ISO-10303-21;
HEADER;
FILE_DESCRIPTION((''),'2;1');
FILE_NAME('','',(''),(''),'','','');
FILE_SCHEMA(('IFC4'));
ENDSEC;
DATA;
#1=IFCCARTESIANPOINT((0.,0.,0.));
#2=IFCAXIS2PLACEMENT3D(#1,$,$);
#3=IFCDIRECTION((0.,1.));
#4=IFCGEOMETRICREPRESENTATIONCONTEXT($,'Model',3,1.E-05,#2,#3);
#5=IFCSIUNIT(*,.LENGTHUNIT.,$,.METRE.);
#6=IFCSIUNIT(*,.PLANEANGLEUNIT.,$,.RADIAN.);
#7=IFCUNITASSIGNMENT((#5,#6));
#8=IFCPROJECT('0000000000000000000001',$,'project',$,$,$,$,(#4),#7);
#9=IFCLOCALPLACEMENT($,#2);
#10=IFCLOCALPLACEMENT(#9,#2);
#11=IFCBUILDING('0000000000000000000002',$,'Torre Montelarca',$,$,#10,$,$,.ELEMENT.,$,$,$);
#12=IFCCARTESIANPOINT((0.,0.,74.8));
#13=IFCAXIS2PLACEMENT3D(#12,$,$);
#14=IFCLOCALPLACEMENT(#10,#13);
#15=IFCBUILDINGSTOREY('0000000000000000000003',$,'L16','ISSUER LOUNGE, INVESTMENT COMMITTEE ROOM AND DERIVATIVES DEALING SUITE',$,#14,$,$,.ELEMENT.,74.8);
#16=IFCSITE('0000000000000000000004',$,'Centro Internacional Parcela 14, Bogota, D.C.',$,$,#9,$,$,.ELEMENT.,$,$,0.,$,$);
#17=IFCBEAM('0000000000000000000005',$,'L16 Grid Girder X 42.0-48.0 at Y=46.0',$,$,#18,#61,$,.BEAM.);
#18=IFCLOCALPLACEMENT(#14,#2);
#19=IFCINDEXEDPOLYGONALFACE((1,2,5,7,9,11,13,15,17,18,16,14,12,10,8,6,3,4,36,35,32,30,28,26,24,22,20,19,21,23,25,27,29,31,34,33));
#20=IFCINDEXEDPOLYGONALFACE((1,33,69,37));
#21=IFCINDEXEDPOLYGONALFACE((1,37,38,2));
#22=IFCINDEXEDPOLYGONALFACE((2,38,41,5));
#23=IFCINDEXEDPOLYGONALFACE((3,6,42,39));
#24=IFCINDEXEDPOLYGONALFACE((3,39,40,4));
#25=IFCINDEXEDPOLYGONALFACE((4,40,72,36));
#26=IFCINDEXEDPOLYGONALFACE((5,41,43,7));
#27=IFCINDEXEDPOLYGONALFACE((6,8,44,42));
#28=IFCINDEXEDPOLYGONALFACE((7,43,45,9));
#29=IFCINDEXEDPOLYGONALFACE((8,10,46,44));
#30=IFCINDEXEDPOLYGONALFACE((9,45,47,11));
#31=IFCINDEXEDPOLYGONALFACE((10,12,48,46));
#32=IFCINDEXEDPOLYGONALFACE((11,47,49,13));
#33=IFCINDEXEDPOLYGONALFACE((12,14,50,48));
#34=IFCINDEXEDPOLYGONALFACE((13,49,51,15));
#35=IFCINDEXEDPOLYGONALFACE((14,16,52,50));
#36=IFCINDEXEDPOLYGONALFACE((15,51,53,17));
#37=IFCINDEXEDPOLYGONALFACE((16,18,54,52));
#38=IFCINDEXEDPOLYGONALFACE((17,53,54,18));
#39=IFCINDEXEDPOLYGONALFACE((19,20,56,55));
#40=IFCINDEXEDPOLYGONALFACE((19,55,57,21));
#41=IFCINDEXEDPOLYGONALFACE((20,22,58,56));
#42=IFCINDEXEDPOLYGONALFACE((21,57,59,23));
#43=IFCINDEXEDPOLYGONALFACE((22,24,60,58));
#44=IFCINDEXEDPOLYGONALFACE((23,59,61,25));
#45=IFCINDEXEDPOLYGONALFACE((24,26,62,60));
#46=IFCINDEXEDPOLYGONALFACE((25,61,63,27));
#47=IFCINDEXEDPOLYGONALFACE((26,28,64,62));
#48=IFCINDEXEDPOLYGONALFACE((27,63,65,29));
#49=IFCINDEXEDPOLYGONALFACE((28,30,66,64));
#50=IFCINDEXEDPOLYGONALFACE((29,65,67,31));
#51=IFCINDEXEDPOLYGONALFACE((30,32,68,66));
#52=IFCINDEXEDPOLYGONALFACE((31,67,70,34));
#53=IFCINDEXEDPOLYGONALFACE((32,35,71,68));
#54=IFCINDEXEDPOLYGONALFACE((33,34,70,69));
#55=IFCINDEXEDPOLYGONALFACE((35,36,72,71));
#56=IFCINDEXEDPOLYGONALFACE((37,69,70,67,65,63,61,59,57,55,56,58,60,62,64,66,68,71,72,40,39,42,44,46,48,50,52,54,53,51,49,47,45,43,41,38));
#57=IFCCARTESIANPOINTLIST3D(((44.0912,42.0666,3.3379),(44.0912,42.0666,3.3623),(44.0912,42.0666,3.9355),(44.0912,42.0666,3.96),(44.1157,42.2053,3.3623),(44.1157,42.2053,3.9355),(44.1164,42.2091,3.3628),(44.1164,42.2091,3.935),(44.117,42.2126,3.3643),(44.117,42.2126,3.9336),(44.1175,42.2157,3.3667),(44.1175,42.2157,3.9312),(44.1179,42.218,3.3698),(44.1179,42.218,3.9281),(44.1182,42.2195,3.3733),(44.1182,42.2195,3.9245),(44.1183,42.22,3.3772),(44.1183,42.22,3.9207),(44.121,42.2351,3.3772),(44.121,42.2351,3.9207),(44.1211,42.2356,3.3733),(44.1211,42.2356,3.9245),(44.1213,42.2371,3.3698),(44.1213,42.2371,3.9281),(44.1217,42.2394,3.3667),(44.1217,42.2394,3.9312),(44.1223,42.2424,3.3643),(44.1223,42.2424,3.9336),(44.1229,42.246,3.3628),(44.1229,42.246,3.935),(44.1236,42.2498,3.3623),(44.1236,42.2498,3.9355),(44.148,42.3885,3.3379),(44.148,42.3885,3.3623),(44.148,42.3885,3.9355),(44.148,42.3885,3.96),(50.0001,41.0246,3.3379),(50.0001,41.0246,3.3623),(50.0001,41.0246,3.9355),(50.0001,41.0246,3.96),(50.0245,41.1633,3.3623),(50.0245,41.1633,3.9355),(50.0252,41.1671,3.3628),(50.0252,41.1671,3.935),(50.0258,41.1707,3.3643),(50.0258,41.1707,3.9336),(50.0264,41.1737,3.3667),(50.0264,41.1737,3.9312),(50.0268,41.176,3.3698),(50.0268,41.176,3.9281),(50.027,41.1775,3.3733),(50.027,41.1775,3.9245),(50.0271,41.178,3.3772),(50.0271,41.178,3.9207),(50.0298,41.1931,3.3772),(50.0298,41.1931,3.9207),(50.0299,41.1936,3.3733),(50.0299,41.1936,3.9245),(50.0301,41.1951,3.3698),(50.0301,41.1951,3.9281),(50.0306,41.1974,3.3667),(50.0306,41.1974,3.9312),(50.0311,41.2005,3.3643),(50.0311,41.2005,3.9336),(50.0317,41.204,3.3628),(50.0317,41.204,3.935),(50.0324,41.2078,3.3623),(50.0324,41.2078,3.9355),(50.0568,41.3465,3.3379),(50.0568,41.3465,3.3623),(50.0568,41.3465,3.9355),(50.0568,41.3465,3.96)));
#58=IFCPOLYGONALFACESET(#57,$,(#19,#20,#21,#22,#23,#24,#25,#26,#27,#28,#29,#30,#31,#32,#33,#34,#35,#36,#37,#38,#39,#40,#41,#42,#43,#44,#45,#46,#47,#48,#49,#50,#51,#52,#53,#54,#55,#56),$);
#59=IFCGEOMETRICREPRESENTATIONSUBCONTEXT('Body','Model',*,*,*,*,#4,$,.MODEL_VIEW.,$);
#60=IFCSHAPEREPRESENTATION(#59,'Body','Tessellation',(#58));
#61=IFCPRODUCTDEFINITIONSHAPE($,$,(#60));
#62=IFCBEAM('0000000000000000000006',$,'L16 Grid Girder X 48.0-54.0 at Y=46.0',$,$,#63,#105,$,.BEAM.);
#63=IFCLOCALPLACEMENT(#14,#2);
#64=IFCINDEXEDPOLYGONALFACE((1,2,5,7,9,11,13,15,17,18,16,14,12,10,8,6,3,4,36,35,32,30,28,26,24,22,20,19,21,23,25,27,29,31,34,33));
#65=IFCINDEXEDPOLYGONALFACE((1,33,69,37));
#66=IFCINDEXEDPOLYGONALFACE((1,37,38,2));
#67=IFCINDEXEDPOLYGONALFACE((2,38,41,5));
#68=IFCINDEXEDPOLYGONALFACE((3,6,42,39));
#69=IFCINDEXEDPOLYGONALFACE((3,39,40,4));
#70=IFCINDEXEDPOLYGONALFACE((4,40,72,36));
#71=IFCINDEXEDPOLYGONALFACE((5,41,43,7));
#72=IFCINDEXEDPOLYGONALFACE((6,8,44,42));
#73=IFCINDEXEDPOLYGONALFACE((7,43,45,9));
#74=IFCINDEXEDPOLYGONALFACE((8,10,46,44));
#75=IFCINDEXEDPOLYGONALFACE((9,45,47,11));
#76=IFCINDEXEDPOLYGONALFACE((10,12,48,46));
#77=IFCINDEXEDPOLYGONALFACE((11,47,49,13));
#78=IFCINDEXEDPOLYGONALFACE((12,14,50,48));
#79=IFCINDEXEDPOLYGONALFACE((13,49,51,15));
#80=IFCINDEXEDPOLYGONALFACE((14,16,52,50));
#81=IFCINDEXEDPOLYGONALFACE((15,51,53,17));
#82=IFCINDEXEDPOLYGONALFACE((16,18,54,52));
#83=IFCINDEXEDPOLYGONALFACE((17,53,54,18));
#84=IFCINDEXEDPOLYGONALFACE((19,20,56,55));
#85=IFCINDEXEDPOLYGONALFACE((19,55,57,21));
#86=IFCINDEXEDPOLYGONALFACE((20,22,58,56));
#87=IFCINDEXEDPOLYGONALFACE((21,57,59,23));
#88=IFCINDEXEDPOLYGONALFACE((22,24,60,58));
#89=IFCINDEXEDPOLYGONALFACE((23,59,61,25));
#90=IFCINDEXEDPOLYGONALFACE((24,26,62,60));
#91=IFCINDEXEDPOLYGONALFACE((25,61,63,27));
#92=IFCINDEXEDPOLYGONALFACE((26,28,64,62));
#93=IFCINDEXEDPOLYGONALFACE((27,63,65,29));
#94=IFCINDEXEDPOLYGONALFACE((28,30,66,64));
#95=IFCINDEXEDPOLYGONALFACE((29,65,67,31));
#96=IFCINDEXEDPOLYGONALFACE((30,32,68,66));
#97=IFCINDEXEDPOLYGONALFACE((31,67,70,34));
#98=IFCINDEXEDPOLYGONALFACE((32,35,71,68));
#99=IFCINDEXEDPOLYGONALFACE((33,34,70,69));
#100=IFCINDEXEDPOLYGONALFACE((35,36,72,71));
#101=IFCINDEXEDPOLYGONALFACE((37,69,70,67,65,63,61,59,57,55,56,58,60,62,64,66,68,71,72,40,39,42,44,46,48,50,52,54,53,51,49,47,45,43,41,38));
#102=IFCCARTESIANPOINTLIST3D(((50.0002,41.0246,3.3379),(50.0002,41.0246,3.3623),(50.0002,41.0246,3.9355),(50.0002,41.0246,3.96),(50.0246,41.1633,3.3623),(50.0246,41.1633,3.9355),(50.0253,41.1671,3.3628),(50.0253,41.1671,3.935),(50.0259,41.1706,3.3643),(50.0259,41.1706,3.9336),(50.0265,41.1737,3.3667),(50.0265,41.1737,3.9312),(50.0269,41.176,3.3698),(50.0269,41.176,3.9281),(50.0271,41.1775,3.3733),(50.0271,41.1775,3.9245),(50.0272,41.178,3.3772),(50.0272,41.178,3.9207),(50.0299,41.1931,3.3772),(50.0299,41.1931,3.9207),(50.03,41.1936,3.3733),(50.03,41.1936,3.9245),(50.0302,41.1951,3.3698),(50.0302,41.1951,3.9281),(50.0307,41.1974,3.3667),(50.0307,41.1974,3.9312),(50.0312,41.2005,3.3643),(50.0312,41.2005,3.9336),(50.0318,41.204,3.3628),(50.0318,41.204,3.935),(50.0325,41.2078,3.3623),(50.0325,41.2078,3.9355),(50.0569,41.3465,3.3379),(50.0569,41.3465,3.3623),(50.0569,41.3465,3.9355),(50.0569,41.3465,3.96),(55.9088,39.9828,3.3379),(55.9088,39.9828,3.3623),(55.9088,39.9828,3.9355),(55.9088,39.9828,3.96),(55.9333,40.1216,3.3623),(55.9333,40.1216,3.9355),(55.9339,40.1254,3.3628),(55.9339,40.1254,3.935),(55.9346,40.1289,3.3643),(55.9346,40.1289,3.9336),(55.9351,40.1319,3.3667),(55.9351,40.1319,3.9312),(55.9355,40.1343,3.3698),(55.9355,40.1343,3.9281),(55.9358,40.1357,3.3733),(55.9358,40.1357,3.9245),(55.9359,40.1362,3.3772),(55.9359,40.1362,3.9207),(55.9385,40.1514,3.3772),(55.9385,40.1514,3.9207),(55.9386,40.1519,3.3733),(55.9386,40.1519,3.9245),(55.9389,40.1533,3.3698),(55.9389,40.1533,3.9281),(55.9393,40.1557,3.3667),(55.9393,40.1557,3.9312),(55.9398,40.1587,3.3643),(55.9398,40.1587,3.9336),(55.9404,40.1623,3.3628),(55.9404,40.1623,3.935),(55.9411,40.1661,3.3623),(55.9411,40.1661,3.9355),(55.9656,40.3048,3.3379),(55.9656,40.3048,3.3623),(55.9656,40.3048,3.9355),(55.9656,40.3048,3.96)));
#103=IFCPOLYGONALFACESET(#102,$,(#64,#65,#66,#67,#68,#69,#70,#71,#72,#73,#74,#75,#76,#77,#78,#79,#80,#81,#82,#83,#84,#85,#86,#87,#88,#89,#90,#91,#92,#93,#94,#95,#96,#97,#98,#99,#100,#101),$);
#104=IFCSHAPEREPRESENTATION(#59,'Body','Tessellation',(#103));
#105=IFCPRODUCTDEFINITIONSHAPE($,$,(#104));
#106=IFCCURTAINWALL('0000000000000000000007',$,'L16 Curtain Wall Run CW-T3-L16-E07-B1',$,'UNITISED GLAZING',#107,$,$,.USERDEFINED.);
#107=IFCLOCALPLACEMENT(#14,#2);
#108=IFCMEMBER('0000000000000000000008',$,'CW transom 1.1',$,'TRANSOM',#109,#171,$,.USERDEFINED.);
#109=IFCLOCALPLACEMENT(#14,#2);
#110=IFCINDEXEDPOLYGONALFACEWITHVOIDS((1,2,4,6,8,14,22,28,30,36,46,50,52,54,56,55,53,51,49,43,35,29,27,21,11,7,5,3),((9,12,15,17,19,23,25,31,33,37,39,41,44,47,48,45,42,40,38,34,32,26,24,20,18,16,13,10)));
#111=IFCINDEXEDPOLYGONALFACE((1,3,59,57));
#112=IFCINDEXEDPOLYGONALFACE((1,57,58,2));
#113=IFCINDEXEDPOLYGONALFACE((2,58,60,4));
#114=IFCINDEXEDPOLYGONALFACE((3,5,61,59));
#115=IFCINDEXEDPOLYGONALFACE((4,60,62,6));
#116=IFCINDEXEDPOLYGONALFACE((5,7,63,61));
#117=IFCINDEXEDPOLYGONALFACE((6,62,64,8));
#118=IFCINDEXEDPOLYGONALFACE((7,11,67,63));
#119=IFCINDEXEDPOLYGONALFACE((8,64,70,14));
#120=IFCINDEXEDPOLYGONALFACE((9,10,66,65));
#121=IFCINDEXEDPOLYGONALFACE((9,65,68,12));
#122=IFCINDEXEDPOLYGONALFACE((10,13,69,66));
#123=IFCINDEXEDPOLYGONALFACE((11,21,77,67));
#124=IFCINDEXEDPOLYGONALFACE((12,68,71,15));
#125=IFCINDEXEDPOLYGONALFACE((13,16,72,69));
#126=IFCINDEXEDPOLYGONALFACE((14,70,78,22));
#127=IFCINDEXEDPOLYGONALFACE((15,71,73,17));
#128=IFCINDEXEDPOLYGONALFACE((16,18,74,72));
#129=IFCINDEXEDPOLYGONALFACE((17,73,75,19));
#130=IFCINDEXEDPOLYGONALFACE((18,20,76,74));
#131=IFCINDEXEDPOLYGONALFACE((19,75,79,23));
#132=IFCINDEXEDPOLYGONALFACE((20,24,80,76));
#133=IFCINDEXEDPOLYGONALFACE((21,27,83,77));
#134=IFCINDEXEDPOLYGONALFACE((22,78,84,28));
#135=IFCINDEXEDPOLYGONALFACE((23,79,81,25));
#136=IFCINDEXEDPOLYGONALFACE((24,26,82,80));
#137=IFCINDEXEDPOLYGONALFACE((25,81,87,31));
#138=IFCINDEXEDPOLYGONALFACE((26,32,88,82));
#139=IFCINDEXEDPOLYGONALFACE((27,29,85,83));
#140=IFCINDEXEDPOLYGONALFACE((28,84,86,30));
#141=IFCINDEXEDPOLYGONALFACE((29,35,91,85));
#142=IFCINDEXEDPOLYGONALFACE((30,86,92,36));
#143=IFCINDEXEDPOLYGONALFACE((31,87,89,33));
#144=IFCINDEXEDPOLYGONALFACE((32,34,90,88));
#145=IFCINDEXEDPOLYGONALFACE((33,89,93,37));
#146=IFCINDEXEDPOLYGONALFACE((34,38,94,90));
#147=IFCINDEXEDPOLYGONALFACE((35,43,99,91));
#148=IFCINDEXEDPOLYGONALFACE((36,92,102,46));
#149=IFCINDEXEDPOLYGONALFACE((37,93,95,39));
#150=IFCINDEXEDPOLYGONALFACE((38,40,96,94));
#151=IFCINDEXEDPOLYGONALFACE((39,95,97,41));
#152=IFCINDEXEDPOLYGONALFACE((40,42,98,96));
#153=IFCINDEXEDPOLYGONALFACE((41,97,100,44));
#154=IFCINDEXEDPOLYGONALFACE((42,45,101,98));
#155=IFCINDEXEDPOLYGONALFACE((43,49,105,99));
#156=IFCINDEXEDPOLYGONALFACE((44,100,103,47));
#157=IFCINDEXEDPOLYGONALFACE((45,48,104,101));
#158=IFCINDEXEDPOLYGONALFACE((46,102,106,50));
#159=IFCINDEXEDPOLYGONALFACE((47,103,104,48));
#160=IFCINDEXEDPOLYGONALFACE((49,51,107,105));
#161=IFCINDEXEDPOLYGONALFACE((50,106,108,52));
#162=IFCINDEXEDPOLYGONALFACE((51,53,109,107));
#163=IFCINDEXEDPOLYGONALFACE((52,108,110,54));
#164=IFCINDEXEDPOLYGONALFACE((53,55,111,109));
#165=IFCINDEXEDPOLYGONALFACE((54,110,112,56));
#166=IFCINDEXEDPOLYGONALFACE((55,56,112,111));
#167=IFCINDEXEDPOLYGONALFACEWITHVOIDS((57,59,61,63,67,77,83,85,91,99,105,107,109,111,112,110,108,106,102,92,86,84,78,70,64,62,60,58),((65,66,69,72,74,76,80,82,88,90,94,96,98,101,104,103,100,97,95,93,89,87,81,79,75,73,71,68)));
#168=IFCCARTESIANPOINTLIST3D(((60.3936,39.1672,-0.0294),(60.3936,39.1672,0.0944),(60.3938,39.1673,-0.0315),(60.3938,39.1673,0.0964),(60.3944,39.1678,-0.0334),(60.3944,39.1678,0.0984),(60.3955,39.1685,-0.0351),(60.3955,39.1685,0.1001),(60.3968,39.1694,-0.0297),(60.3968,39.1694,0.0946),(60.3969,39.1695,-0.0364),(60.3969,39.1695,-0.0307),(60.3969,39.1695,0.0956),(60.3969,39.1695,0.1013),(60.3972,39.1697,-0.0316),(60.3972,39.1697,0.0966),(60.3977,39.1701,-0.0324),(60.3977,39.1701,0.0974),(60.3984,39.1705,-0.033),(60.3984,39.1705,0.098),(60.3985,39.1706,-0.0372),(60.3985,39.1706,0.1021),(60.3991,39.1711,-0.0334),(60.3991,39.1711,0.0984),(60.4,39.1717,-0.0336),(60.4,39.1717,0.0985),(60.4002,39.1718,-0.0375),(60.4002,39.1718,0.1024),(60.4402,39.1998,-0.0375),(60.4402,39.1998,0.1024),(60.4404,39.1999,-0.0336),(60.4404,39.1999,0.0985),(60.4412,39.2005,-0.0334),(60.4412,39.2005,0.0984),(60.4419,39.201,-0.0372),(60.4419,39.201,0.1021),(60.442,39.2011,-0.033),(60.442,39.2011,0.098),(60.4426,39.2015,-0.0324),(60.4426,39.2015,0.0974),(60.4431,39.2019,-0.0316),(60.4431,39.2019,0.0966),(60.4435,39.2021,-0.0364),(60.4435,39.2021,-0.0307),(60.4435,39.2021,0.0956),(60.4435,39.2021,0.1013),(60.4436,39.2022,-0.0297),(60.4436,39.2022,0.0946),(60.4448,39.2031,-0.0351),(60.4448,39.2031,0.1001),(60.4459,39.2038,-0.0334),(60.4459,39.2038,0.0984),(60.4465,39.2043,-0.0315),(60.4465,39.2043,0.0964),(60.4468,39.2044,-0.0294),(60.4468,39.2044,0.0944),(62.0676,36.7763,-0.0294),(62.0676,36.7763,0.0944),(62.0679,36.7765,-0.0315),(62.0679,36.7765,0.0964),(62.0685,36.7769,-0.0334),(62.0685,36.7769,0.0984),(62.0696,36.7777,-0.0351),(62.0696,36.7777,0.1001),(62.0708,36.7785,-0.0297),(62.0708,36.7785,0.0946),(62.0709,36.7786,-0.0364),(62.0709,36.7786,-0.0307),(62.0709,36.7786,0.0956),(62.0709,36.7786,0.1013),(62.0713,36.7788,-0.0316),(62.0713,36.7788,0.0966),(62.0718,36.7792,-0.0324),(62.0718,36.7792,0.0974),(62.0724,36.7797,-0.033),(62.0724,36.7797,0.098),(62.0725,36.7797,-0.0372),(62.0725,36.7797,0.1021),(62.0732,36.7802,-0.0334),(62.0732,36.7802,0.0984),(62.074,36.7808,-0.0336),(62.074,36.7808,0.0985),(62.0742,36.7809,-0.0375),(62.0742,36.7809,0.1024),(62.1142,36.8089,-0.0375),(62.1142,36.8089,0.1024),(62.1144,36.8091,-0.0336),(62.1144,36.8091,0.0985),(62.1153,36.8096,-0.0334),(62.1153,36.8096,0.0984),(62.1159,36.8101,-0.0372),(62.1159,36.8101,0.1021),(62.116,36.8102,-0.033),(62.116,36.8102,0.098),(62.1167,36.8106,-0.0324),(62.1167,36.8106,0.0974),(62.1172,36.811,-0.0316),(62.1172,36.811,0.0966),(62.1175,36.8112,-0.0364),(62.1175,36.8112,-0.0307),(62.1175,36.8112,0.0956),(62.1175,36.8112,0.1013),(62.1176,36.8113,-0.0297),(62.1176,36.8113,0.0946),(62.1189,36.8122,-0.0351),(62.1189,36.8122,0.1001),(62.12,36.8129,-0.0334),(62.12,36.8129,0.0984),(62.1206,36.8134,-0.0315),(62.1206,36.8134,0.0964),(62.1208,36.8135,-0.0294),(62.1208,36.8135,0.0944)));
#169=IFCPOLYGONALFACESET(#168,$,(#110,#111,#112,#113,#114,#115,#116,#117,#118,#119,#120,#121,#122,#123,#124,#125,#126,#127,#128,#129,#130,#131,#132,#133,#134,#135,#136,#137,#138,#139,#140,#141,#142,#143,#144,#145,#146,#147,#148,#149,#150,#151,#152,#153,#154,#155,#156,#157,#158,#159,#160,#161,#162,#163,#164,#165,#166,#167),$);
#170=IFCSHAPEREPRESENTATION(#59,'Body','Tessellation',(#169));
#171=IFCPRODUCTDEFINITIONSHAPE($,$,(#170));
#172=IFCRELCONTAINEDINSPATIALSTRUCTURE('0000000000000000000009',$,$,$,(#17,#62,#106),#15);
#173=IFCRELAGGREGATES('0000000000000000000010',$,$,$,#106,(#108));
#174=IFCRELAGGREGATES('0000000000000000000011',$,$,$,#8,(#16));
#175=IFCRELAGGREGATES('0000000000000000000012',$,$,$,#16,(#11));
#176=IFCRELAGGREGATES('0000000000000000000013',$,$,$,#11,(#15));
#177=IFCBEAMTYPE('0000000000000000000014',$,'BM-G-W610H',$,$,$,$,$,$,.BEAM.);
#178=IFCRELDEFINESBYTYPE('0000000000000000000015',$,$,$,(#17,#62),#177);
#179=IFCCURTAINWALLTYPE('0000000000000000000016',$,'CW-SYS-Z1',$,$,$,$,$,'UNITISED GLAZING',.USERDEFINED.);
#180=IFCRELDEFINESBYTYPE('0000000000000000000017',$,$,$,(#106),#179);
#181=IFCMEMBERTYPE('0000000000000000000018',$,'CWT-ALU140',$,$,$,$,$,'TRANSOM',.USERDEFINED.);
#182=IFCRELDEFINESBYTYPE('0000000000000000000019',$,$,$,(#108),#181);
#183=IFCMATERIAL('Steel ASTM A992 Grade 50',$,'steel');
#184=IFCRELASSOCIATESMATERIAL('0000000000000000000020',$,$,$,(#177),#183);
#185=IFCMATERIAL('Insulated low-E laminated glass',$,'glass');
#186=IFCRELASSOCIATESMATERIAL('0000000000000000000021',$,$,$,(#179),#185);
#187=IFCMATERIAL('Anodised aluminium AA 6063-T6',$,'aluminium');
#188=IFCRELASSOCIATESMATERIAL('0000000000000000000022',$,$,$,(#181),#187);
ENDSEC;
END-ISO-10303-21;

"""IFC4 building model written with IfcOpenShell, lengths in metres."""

from ifc_helpers import new_model, si_unit, direction, frame, origin, origin_2d, place, context, subcontext, project, spatial, hollow_rectangle, i_section, extrude, source, transform, mapped, material, material_profile, profile_set, type_object, element, aggregate, save


model = new_model("IFC4")

# Units and contexts
model_context = context("Model", 3, precision=1e-05, world=origin(), true_north=direction((0.0, 1.0)))
body_context = subcontext(model_context, "Body", "Model", "MODEL_VIEW")
ifc_project = project(units=[si_unit("LENGTHUNIT", "METRE"), si_unit("PLANEANGLEUNIT", "RADIAN")], contexts=[model_context])

# Site, building, storey
site_placement = place(None, origin())
site = spatial("IfcSite", under=ifc_project, at=site_placement, Name="Centro Internacional Parcela 14, Bogota, D.C.", CompositionType="ELEMENT", RefElevation=0.0)
building_placement = place(site_placement, origin())
building = spatial("IfcBuilding", under=site, at=building_placement, Name="Torre Montelarca", CompositionType="ELEMENT")
storey_placement = place(building_placement, frame((0.0, 0.0, 74.8)))
storey = spatial("IfcBuildingStorey", under=building, at=storey_placement, Name="L16", Description="ISSUER LOUNGE, INVESTMENT COMMITTEE ROOM AND DERIVATIVES DEALING SUITE", CompositionType="ELEMENT", Elevation=74.8)

# Shared definitions
ifc_material_1 = material(Name="Steel ASTM A992 Grade 50", Category="steel")

# Beams
ifc_material_profile_1 = material_profile(ifc_material_1, i_section(OverallWidth=0.3269, OverallDepth=0.6221, WebThickness=0.0154, FlangeThickness=0.0244, FilletRadius=0.0149, at=origin_2d()), Name="W610X195", Category="steel")
ifc_profile_set_1 = profile_set([ifc_material_profile_1], Name="Steel ASTM A992 Grade 50")
beam_type = type_object("IfcBeamType", Name="BM-G-W610H", PredefinedType="BEAM", material=ifc_profile_set_1)
shared_shape_1 = source(origin(), body_context, "Body", "SweptSolid", [
    extrude(i_section(OverallWidth=0.3269, OverallDepth=0.6221, WebThickness=0.0154, FlangeThickness=0.0244, FilletRadius=0.0149, at=origin_2d()), origin(), (0.0, 0.0, 1.0), 6.0),
])
beam_1_placement = place(storey_placement, frame((44.1196, 42.2275, 3.6489), z_axis=(0.984805, -0.173662, 0.0), x_axis=(0.173662, 0.984805, 0.0)))
element("IfcBeam", 1, at=beam_1_placement, inside=storey, type_object=beam_type, Name="L16 Grid Girder X 42.0-48.0 at Y=46.0", PredefinedType="BEAM", context=body_context, shape_type="MappedRepresentation", body=[
    mapped(shared_shape_1, transform((0.0, 0.0, 0.0), scale=1.0)),
])
shared_shape_2 = source(origin(), body_context, "Body", "SweptSolid", [
    extrude(i_section(OverallWidth=0.3269, OverallDepth=0.6221, WebThickness=0.0154, FlangeThickness=0.0244, FilletRadius=0.0149, at=origin_2d()), origin(), (0.0, 0.0, 1.0), 5.9998),
])
beam_2_placement = place(storey_placement, frame((50.0286, 41.1855, 3.6489), z_axis=(0.984811, -0.17363, 0.0), x_axis=(0.17363, 0.984811, 0.0)))
element("IfcBeam", 2, at=beam_2_placement, inside=storey, type_object=beam_type, Name="L16 Grid Girder X 48.0-54.0 at Y=46.0", PredefinedType="BEAM", context=body_context, shape_type="MappedRepresentation", body=[
    mapped(shared_shape_2, transform((0.0, 0.0, 0.0), scale=1.0)),
])

# Curtain wall, member
ifc_material_2 = material(Name="Insulated low-E laminated glass", Category="glass")
curtain_wall_type = type_object("IfcCurtainWallType", Name="CW-SYS-Z1", ElementType="UNITISED GLAZING", PredefinedType="USERDEFINED", material=ifc_material_2)
curtain_wall_1_placement = place(storey_placement, origin())
curtain_wall_1 = element("IfcCurtainWall", 3, at=curtain_wall_1_placement, inside=storey, type_object=curtain_wall_type, Name="L16 Curtain Wall Run CW-T3-L16-E07-B1", ObjectType="UNITISED GLAZING", PredefinedType="USERDEFINED")
ifc_material_3 = material(Name="Anodised aluminium AA 6063-T6", Category="aluminium")
ifc_material_profile_2 = material_profile(ifc_material_3, hollow_rectangle(XDim=0.0649, YDim=0.1399, WallThickness=0.0039, InnerFilletRadius=0.0039, OuterFilletRadius=0.0081, at=origin_2d()), Name="ALU65X140X4", Category="aluminium")
ifc_profile_set_2 = profile_set([ifc_material_profile_2], Name="Anodised aluminium AA 6063-T6")
member_type_1 = type_object("IfcMemberType", Name="CWT-ALU140", ElementType="TRANSOM", PredefinedType="USERDEFINED", material=ifc_profile_set_2)
shared_shape_3 = source(origin(), body_context, "Body", "SweptSolid", [
    extrude(hollow_rectangle(XDim=0.0649, YDim=0.1399, WallThickness=0.0039, InnerFilletRadius=0.0039, OuterFilletRadius=0.0081, at=origin_2d()), origin(), (0.0, 0.0, 1.0), 2.9187),
])
member_1_placement = place(storey_placement, frame((62.0942, 36.7949, 0.0325), z_axis=(-0.573569, 0.819157, 0.0), x_axis=(-0.819157, -0.573569, 0.0)))
member_1 = element("IfcMember", 4, at=member_1_placement, type_object=member_type_1, Name="CW transom 1.1", ObjectType="TRANSOM", PredefinedType="USERDEFINED", context=body_context, shape_type="MappedRepresentation", body=[
    mapped(shared_shape_3, transform((0.0, 0.0, 0.0), scale=1.0)),
])

aggregate(curtain_wall_1, [member_1])

save(model, "model.ifc")
